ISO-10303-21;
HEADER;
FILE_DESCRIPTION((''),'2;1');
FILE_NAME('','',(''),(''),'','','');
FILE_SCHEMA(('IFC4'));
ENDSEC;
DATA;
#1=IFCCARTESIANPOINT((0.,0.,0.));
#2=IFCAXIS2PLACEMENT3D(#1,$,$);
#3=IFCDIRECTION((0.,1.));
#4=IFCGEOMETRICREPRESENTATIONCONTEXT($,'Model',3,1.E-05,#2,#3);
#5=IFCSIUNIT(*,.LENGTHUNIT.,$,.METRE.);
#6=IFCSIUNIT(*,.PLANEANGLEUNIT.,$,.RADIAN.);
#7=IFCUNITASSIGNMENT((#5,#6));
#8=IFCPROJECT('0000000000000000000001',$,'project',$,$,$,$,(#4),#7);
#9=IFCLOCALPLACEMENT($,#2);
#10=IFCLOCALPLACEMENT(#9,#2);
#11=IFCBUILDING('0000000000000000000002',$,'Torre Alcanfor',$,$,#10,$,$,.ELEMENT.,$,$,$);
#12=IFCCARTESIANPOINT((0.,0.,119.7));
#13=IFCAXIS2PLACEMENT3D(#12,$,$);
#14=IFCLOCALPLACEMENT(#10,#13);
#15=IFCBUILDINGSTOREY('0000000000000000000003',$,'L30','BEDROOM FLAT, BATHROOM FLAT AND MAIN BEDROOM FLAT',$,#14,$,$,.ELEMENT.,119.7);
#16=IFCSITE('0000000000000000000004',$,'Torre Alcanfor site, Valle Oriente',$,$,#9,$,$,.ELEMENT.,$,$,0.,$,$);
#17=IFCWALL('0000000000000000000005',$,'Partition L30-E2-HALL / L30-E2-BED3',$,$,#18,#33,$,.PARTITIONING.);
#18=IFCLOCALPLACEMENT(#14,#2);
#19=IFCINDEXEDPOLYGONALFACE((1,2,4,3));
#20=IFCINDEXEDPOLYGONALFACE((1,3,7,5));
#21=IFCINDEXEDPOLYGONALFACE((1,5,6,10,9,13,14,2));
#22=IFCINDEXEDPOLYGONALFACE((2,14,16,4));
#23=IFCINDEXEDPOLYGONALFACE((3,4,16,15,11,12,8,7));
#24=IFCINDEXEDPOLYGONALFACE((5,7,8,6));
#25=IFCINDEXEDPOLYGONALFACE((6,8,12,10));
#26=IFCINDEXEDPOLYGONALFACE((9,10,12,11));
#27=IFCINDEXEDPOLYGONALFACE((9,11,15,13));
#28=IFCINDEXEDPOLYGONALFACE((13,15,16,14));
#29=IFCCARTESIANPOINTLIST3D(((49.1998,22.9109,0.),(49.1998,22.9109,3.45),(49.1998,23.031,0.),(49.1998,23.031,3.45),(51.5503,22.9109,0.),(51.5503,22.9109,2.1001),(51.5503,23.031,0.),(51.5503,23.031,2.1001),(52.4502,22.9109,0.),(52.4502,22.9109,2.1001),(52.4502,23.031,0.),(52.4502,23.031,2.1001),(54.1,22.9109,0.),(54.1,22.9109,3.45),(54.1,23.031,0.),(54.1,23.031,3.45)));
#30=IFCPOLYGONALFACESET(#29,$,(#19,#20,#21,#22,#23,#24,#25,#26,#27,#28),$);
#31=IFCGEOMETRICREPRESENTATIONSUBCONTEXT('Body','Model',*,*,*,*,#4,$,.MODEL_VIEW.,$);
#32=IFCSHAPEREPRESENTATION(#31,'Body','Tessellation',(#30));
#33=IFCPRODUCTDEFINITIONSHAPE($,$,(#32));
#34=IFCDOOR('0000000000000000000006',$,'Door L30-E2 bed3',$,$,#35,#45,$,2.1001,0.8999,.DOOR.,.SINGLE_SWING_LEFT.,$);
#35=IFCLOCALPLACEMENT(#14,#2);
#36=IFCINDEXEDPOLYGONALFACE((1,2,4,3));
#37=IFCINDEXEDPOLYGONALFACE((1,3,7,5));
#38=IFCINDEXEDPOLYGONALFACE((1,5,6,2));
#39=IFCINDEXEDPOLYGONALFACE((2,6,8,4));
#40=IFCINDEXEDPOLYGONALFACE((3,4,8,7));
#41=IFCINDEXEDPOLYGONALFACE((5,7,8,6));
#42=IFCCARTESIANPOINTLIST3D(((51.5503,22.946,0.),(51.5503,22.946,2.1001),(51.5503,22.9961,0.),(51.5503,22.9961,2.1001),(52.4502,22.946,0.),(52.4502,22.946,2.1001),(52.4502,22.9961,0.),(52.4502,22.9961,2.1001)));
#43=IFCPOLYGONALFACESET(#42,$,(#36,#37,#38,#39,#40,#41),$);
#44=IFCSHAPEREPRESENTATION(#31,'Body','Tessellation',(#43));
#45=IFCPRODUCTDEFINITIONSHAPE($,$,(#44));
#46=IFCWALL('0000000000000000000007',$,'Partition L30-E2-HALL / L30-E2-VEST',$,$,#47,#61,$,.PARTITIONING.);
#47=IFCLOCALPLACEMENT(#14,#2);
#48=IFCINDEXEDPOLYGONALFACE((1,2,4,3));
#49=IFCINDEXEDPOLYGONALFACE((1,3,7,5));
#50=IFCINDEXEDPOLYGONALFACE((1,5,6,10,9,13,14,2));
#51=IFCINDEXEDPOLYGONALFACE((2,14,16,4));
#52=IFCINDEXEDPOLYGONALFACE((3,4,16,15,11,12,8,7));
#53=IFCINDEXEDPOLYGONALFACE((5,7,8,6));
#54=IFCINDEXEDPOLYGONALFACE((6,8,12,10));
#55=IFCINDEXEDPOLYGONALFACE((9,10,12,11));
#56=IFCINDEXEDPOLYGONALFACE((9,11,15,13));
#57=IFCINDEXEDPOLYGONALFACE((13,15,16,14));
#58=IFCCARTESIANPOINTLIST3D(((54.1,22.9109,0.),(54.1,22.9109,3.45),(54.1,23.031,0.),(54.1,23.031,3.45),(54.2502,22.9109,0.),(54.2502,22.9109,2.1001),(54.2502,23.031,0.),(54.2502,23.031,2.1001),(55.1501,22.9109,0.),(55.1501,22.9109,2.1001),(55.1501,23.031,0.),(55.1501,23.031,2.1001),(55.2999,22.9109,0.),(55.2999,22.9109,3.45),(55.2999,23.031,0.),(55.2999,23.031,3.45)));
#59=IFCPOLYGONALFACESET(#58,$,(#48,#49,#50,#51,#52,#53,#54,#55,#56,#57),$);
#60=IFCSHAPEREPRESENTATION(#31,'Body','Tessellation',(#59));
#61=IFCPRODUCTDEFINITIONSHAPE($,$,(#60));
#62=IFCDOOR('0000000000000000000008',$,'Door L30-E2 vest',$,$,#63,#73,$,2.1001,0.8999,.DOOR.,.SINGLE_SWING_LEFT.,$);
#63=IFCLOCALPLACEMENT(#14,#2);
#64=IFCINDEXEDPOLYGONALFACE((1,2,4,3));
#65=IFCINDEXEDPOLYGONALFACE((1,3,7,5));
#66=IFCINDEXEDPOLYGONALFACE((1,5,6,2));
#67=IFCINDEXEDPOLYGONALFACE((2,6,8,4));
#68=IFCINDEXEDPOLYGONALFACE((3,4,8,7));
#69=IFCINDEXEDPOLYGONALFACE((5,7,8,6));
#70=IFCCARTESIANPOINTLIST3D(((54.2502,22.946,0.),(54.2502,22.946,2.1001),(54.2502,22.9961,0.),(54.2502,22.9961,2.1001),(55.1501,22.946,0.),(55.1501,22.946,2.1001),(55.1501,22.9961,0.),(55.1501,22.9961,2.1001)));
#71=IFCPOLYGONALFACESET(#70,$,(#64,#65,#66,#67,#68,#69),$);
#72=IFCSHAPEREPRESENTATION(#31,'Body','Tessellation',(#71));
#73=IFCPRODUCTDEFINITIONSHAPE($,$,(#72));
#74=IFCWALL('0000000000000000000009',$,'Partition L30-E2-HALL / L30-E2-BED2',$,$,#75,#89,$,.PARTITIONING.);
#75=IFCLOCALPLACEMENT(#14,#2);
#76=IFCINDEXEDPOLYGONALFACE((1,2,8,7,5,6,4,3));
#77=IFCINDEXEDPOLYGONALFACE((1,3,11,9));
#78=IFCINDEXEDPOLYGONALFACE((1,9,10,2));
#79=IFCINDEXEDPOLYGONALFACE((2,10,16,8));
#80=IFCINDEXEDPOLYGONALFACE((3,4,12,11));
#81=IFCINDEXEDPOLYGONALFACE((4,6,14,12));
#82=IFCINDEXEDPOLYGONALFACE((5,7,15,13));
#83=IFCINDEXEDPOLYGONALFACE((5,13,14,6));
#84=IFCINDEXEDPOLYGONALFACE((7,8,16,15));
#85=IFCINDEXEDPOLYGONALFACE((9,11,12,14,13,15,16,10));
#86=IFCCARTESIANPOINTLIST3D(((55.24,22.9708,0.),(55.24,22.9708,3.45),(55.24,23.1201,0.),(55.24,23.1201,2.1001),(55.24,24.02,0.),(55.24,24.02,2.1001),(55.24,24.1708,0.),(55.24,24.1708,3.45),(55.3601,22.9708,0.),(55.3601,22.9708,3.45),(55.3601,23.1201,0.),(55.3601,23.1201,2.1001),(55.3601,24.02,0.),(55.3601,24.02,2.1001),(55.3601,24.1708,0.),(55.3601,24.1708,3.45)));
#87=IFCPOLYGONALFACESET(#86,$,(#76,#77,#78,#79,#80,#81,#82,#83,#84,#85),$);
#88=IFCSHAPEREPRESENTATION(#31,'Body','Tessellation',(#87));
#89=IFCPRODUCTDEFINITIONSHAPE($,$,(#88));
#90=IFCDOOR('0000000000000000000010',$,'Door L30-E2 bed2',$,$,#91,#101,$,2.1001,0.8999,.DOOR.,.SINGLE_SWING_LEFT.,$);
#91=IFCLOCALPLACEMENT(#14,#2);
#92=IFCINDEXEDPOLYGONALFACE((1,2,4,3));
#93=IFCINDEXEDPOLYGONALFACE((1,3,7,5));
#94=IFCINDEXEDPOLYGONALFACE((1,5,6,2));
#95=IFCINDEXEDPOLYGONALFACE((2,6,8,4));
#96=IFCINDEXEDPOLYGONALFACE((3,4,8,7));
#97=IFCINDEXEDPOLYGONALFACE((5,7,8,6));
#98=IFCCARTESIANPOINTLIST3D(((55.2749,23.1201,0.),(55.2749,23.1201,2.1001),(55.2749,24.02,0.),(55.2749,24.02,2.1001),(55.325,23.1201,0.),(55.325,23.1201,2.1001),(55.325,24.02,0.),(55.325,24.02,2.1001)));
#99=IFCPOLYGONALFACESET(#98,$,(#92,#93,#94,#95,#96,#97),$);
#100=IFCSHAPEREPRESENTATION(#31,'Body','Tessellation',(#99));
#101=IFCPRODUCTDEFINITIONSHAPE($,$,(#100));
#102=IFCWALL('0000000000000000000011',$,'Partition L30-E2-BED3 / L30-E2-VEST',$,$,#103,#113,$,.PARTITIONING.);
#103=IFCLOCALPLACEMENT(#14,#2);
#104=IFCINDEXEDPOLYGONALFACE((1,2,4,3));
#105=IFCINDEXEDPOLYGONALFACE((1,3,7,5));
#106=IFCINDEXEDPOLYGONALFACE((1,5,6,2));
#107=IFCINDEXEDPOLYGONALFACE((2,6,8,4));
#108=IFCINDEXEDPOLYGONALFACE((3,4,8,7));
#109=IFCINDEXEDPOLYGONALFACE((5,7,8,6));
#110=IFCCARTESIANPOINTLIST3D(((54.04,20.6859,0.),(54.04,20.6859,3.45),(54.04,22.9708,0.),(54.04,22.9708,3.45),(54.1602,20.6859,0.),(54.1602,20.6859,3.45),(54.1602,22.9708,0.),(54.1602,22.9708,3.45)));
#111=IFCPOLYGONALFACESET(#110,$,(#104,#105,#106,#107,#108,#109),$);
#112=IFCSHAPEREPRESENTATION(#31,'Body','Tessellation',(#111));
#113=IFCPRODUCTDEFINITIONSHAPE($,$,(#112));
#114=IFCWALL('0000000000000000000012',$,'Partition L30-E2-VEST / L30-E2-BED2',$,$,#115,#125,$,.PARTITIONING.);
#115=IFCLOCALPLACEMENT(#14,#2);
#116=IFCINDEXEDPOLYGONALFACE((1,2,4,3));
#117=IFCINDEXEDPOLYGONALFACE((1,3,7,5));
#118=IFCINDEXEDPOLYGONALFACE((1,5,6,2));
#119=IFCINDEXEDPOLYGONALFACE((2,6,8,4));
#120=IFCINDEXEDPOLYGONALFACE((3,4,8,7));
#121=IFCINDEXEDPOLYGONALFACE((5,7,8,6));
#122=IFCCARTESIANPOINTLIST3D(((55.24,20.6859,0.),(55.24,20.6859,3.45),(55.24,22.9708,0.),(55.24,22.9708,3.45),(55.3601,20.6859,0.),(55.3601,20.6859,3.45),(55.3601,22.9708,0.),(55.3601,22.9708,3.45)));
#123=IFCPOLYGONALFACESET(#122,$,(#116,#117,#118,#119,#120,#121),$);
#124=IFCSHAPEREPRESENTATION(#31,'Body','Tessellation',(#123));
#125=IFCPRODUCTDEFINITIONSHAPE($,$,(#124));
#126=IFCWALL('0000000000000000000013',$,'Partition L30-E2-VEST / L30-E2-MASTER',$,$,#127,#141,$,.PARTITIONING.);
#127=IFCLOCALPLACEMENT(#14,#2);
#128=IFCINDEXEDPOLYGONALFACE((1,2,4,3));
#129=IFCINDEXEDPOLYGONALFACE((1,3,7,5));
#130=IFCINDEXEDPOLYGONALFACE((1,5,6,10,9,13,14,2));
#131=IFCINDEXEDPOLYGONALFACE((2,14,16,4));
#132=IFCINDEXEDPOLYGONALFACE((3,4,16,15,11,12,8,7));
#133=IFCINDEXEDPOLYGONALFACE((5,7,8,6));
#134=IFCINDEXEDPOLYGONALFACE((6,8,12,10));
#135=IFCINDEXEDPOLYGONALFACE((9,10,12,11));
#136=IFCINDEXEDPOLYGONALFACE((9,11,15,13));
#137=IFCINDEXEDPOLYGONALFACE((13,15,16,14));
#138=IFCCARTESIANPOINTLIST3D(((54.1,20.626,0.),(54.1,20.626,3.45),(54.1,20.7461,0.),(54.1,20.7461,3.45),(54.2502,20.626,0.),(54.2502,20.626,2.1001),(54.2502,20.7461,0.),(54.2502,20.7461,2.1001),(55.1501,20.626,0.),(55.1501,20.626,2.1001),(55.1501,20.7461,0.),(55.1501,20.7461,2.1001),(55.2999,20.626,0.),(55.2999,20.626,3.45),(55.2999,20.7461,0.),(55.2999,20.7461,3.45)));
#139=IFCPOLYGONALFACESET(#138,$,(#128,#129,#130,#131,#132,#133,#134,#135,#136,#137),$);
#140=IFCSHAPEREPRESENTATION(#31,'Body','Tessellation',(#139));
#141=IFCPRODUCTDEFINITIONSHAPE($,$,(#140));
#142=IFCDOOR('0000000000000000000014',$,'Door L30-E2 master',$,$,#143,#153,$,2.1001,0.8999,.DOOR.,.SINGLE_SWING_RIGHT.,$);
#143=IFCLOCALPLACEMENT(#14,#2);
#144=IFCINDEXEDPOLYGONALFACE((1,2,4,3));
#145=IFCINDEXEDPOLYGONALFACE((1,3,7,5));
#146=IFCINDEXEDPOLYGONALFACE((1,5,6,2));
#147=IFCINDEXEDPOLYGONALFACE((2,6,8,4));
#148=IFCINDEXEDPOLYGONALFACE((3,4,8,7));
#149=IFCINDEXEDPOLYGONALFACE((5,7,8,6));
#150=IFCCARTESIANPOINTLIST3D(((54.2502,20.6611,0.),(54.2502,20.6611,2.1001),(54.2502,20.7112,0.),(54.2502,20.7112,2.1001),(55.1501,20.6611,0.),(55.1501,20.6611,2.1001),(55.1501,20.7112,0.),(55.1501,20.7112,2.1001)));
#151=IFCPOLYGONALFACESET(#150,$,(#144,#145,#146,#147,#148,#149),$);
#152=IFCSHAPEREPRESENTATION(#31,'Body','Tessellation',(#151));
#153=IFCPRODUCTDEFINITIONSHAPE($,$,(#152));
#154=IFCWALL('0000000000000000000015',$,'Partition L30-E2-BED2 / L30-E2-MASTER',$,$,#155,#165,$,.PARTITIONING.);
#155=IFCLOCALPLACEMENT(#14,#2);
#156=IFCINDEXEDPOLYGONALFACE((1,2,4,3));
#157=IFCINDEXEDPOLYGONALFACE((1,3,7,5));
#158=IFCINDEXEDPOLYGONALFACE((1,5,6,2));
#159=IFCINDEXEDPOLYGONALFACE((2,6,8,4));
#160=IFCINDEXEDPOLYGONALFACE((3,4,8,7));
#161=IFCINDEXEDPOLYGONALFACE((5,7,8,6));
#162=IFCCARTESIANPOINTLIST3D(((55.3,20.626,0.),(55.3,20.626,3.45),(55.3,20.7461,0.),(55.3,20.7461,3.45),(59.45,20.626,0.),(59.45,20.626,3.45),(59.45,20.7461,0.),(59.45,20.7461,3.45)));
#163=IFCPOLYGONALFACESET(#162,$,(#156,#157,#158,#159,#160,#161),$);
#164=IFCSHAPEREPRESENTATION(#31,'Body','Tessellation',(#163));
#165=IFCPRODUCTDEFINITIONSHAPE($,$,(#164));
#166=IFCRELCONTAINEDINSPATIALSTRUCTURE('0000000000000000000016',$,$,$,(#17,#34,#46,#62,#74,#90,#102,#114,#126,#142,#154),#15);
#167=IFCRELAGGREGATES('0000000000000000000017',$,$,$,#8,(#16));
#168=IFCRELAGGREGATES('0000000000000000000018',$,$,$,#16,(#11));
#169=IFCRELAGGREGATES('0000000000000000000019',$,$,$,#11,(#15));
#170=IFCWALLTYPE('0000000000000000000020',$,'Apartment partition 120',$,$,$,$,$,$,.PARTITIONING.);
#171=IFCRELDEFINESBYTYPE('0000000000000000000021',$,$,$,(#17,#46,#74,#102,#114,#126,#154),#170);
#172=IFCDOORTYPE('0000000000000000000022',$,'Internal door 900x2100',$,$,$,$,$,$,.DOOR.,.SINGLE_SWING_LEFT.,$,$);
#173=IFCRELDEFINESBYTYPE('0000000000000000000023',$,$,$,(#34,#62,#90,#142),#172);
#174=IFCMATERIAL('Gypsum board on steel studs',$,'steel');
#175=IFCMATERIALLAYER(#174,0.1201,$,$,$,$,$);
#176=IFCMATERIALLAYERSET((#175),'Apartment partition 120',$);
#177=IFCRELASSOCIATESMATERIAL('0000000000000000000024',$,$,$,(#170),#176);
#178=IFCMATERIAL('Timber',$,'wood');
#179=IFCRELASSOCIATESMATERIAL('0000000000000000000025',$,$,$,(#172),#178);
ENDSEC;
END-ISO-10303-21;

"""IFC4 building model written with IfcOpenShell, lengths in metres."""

from ifc_helpers import new_model, si_unit, direction, frame, frame_2d, origin, place, context, subcontext, project, spatial, rectangle, extrude, material, layer, layer_set, type_object, element, fill, save


model = new_model("IFC4")

# Units and contexts
model_context = context("Model", 3, precision=1e-05, world=origin(), true_north=direction((0.0, 1.0)))
body_context = subcontext(model_context, "Body", "Model", "MODEL_VIEW")
ifc_project = project(units=[si_unit("LENGTHUNIT", "METRE"), si_unit("PLANEANGLEUNIT", "RADIAN")], contexts=[model_context])

# Site, building, storey
site_placement = place(None, origin())
site = spatial("IfcSite", under=ifc_project, at=site_placement, Name="Torre Alcanfor site, Valle Oriente", CompositionType="ELEMENT", RefElevation=0.0)
building_placement = place(site_placement, origin())
building = spatial("IfcBuilding", under=site, at=building_placement, Name="Torre Alcanfor", CompositionType="ELEMENT")
storey_placement = place(building_placement, frame((0.0, 0.0, 119.7)))
storey = spatial("IfcBuildingStorey", under=building, at=storey_placement, Name="L30", Description="BEDROOM FLAT, BATHROOM FLAT AND MAIN BEDROOM FLAT", CompositionType="ELEMENT", Elevation=119.7)

# Shared definitions
ifc_material_1 = material(Name="Gypsum board on steel studs", Category="steel")
ifc_layer_1 = layer(ifc_material_1, 0.1201)
ifc_layer_set_1 = layer_set([ifc_layer_1], Name="Apartment partition 120")
wall_type_1 = type_object("IfcWallType", Name="Apartment partition 120", PredefinedType="PARTITIONING", material=ifc_layer_set_1)
ifc_material_2 = material(Name="Timber", Category="wood")
door_type = type_object("IfcDoorType", Name="Internal door 900x2100", OperationType="SINGLE_SWING_LEFT", PredefinedType="DOOR", material=ifc_material_2)

# Walls, openings, doors
wall_1_placement = place(storey_placement, frame((54.1001, 22.9709, 0.0), z_axis=(0.0, 0.0, 1.0), x_axis=(-1.0, 0.0, 0.0)))
wall_1 = element("IfcWall", 1, at=wall_1_placement, inside=storey, type_object=wall_type_1, Name="Partition L30-E2-HALL / L30-E2-BED3", PredefinedType="PARTITIONING", context=body_context, shape_type="SweptSolid", body=[
    extrude(rectangle(XDim=4.9001, YDim=0.1201, at=frame_2d((2.4502, 0.0))), origin(), (0.0, 0.0, 1.0), 3.45),
])
opening_1_placement = place(wall_1_placement, frame((1.6499, 0.0, 0.0)))
opening_1 = element("IfcOpeningElement", 2, at=opening_1_placement, cuts=wall_1, PredefinedType="OPENING", context=body_context, shape_type="SweptSolid", body=[
    extrude(rectangle(XDim=0.8999, YDim=2.1001, at=frame_2d((0.45, 1.05))), frame((0.0, 0.0701, 0.0), z_axis=(0.0, -1.0, 0.0), x_axis=(1.0, 0.0, 0.0)), (0.0, 0.0, 1.0), 0.1401),
])
door_1_placement = place(opening_1_placement, origin())
door_1 = element("IfcDoor", 3, at=door_1_placement, inside=storey, type_object=door_type, Name="Door L30-E2 bed3", OperationType="SINGLE_SWING_LEFT", OverallHeight=2.1001, OverallWidth=0.8999, PredefinedType="DOOR", context=body_context, shape_type="SweptSolid", body=[
    extrude(rectangle(XDim=0.8999, YDim=2.1001, at=frame_2d((0.45, 1.05))), frame((0.0, 0.0249, 0.0), z_axis=(0.0, -1.0, 0.0), x_axis=(1.0, 0.0, 0.0)), (0.0, 0.0, 1.0), 0.05),
])
fill(opening_1, door_1)
wall_2_placement = place(storey_placement, frame((55.3, 22.9709, 0.0), z_axis=(0.0, 0.0, 1.0), x_axis=(-1.0, 0.0, 0.0)))
wall_2 = element("IfcWall", 4, at=wall_2_placement, inside=storey, type_object=wall_type_1, Name="Partition L30-E2-HALL / L30-E2-VEST", PredefinedType="PARTITIONING", context=body_context, shape_type="SweptSolid", body=[
    extrude(rectangle(XDim=1.2, YDim=0.1201, at=frame_2d((0.6001, 0.0))), origin(), (0.0, 0.0, 1.0), 3.45),
])
opening_2_placement = place(wall_2_placement, frame((0.1499, 0.0, 0.0)))
opening_2 = element("IfcOpeningElement", 5, at=opening_2_placement, cuts=wall_2, PredefinedType="OPENING", context=body_context, shape_type="SweptSolid", body=[
    extrude(rectangle(XDim=0.8999, YDim=2.1001, at=frame_2d((0.45, 1.05))), frame((0.0, 0.0701, 0.0), z_axis=(0.0, -1.0, 0.0), x_axis=(1.0, 0.0, 0.0)), (0.0, 0.0, 1.0), 0.1401),
])
door_2_placement = place(opening_2_placement, origin())
door_2 = element("IfcDoor", 6, at=door_2_placement, inside=storey, type_object=door_type, Name="Door L30-E2 vest", OperationType="SINGLE_SWING_LEFT", OverallHeight=2.1001, OverallWidth=0.8999, PredefinedType="DOOR", context=body_context, shape_type="SweptSolid", body=[
    extrude(rectangle(XDim=0.8999, YDim=2.1001, at=frame_2d((0.45, 1.05))), frame((0.0, 0.0249, 0.0), z_axis=(0.0, -1.0, 0.0), x_axis=(1.0, 0.0, 0.0)), (0.0, 0.0, 1.0), 0.05),
])
fill(opening_2, door_2)
wall_3_placement = place(storey_placement, frame((55.3, 24.1709, 0.0), z_axis=(0.0, 0.0, 1.0), x_axis=(0.0, -1.0, 0.0)))
wall_3 = element("IfcWall", 7, at=wall_3_placement, inside=storey, type_object=wall_type_1, Name="Partition L30-E2-HALL / L30-E2-BED2", PredefinedType="PARTITIONING", context=body_context, shape_type="SweptSolid", body=[
    extrude(rectangle(XDim=1.2, YDim=0.1201, at=frame_2d((0.6001, 0.0))), origin(), (0.0, 0.0, 1.0), 3.45),
])
opening_3_placement = place(wall_3_placement, frame((0.1509, 0.0, 0.0)))
opening_3 = element("IfcOpeningElement", 8, at=opening_3_placement, cuts=wall_3, PredefinedType="OPENING", context=body_context, shape_type="SweptSolid", body=[
    extrude(rectangle(XDim=0.8999, YDim=2.1001, at=frame_2d((0.45, 1.05))), frame((0.0, 0.0701, 0.0), z_axis=(0.0, -1.0, 0.0), x_axis=(1.0, 0.0, 0.0)), (0.0, 0.0, 1.0), 0.1401),
])
door_3_placement = place(opening_3_placement, origin())
door_3 = element("IfcDoor", 9, at=door_3_placement, inside=storey, type_object=door_type, Name="Door L30-E2 bed2", OperationType="SINGLE_SWING_LEFT", OverallHeight=2.1001, OverallWidth=0.8999, PredefinedType="DOOR", context=body_context, shape_type="SweptSolid", body=[
    extrude(rectangle(XDim=0.8999, YDim=2.1001, at=frame_2d((0.45, 1.05))), frame((0.0, 0.0249, 0.0), z_axis=(0.0, -1.0, 0.0), x_axis=(1.0, 0.0, 0.0)), (0.0, 0.0, 1.0), 0.05),
])
fill(opening_3, door_3)

# Walls
for number, where, z_axis, x_axis, name in (
    (10, (54.1001, 22.9709, 0.0), (0.0, 0.0, 1.0), (0.0, -1.0, 0.0), "Partition L30-E2-BED3 / L30-E2-VEST"),
    (11, (55.3, 22.9709, 0.0), (0.0, 0.0, 1.0), (0.0, -1.0, 0.0), "Partition L30-E2-VEST / L30-E2-BED2"),
):
    element("IfcWall", number, at=place(storey_placement, frame(where, z_axis=z_axis, x_axis=x_axis)), inside=storey, type_object=wall_type_1, Name=name, PredefinedType="PARTITIONING", context=body_context, shape_type="SweptSolid", body=[
        extrude(rectangle(XDim=2.2849, YDim=0.1201, at=frame_2d((1.1426, 0.0))), origin(), (0.0, 0.0, 1.0), 3.45),
    ])

# Wall, opening, door
wall_4_placement = place(storey_placement, frame((55.3, 20.686, 0.0), z_axis=(0.0, 0.0, 1.0), x_axis=(-1.0, 0.0, 0.0)))
wall_4 = element("IfcWall", 12, at=wall_4_placement, inside=storey, type_object=wall_type_1, Name="Partition L30-E2-VEST / L30-E2-MASTER", PredefinedType="PARTITIONING", context=body_context, shape_type="SweptSolid", body=[
    extrude(rectangle(XDim=1.2, YDim=0.1201, at=frame_2d((0.6001, 0.0))), origin(), (0.0, 0.0, 1.0), 3.45),
])
opening_4_placement = place(wall_4_placement, frame((0.1499, 0.0, 0.0)))
opening_4 = element("IfcOpeningElement", 13, at=opening_4_placement, cuts=wall_4, PredefinedType="OPENING", context=body_context, shape_type="SweptSolid", body=[
    extrude(rectangle(XDim=0.8999, YDim=2.1001, at=frame_2d((0.45, 1.05))), frame((0.0, 0.0701, 0.0), z_axis=(0.0, -1.0, 0.0), x_axis=(1.0, 0.0, 0.0)), (0.0, 0.0, 1.0), 0.1401),
])
door_4_placement = place(opening_4_placement, frame((0.8999, 0.0, 0.0), z_axis=(0.0, 0.0, 1.0), x_axis=(-1.0, 0.0, 0.0)))
door_4 = element("IfcDoor", 14, at=door_4_placement, inside=storey, type_object=door_type, Name="Door L30-E2 master", OperationType="SINGLE_SWING_RIGHT", OverallHeight=2.1001, OverallWidth=0.8999, PredefinedType="DOOR", context=body_context, shape_type="SweptSolid", body=[
    extrude(rectangle(XDim=0.8999, YDim=2.1001, at=frame_2d((0.45, 1.05))), frame((0.0, 0.0251, 0.0), z_axis=(0.0, -1.0, 0.0), x_axis=(1.0, 0.0, 0.0)), (0.0, 0.0, 1.0), 0.05),
])
fill(opening_4, door_4)

# Wall
wall_5_placement = place(storey_placement, frame((59.45, 20.686, 0.0), z_axis=(0.0, 0.0, 1.0), x_axis=(-1.0, 0.0, 0.0)))
element("IfcWall", 15, at=wall_5_placement, inside=storey, type_object=wall_type_1, Name="Partition L30-E2-BED2 / L30-E2-MASTER", PredefinedType="PARTITIONING", context=body_context, shape_type="SweptSolid", body=[
    extrude(rectangle(XDim=4.1499, YDim=0.1201, at=frame_2d((2.075, 0.0))), origin(), (0.0, 0.0, 1.0), 3.45),
])

save(model, "model.ifc")
